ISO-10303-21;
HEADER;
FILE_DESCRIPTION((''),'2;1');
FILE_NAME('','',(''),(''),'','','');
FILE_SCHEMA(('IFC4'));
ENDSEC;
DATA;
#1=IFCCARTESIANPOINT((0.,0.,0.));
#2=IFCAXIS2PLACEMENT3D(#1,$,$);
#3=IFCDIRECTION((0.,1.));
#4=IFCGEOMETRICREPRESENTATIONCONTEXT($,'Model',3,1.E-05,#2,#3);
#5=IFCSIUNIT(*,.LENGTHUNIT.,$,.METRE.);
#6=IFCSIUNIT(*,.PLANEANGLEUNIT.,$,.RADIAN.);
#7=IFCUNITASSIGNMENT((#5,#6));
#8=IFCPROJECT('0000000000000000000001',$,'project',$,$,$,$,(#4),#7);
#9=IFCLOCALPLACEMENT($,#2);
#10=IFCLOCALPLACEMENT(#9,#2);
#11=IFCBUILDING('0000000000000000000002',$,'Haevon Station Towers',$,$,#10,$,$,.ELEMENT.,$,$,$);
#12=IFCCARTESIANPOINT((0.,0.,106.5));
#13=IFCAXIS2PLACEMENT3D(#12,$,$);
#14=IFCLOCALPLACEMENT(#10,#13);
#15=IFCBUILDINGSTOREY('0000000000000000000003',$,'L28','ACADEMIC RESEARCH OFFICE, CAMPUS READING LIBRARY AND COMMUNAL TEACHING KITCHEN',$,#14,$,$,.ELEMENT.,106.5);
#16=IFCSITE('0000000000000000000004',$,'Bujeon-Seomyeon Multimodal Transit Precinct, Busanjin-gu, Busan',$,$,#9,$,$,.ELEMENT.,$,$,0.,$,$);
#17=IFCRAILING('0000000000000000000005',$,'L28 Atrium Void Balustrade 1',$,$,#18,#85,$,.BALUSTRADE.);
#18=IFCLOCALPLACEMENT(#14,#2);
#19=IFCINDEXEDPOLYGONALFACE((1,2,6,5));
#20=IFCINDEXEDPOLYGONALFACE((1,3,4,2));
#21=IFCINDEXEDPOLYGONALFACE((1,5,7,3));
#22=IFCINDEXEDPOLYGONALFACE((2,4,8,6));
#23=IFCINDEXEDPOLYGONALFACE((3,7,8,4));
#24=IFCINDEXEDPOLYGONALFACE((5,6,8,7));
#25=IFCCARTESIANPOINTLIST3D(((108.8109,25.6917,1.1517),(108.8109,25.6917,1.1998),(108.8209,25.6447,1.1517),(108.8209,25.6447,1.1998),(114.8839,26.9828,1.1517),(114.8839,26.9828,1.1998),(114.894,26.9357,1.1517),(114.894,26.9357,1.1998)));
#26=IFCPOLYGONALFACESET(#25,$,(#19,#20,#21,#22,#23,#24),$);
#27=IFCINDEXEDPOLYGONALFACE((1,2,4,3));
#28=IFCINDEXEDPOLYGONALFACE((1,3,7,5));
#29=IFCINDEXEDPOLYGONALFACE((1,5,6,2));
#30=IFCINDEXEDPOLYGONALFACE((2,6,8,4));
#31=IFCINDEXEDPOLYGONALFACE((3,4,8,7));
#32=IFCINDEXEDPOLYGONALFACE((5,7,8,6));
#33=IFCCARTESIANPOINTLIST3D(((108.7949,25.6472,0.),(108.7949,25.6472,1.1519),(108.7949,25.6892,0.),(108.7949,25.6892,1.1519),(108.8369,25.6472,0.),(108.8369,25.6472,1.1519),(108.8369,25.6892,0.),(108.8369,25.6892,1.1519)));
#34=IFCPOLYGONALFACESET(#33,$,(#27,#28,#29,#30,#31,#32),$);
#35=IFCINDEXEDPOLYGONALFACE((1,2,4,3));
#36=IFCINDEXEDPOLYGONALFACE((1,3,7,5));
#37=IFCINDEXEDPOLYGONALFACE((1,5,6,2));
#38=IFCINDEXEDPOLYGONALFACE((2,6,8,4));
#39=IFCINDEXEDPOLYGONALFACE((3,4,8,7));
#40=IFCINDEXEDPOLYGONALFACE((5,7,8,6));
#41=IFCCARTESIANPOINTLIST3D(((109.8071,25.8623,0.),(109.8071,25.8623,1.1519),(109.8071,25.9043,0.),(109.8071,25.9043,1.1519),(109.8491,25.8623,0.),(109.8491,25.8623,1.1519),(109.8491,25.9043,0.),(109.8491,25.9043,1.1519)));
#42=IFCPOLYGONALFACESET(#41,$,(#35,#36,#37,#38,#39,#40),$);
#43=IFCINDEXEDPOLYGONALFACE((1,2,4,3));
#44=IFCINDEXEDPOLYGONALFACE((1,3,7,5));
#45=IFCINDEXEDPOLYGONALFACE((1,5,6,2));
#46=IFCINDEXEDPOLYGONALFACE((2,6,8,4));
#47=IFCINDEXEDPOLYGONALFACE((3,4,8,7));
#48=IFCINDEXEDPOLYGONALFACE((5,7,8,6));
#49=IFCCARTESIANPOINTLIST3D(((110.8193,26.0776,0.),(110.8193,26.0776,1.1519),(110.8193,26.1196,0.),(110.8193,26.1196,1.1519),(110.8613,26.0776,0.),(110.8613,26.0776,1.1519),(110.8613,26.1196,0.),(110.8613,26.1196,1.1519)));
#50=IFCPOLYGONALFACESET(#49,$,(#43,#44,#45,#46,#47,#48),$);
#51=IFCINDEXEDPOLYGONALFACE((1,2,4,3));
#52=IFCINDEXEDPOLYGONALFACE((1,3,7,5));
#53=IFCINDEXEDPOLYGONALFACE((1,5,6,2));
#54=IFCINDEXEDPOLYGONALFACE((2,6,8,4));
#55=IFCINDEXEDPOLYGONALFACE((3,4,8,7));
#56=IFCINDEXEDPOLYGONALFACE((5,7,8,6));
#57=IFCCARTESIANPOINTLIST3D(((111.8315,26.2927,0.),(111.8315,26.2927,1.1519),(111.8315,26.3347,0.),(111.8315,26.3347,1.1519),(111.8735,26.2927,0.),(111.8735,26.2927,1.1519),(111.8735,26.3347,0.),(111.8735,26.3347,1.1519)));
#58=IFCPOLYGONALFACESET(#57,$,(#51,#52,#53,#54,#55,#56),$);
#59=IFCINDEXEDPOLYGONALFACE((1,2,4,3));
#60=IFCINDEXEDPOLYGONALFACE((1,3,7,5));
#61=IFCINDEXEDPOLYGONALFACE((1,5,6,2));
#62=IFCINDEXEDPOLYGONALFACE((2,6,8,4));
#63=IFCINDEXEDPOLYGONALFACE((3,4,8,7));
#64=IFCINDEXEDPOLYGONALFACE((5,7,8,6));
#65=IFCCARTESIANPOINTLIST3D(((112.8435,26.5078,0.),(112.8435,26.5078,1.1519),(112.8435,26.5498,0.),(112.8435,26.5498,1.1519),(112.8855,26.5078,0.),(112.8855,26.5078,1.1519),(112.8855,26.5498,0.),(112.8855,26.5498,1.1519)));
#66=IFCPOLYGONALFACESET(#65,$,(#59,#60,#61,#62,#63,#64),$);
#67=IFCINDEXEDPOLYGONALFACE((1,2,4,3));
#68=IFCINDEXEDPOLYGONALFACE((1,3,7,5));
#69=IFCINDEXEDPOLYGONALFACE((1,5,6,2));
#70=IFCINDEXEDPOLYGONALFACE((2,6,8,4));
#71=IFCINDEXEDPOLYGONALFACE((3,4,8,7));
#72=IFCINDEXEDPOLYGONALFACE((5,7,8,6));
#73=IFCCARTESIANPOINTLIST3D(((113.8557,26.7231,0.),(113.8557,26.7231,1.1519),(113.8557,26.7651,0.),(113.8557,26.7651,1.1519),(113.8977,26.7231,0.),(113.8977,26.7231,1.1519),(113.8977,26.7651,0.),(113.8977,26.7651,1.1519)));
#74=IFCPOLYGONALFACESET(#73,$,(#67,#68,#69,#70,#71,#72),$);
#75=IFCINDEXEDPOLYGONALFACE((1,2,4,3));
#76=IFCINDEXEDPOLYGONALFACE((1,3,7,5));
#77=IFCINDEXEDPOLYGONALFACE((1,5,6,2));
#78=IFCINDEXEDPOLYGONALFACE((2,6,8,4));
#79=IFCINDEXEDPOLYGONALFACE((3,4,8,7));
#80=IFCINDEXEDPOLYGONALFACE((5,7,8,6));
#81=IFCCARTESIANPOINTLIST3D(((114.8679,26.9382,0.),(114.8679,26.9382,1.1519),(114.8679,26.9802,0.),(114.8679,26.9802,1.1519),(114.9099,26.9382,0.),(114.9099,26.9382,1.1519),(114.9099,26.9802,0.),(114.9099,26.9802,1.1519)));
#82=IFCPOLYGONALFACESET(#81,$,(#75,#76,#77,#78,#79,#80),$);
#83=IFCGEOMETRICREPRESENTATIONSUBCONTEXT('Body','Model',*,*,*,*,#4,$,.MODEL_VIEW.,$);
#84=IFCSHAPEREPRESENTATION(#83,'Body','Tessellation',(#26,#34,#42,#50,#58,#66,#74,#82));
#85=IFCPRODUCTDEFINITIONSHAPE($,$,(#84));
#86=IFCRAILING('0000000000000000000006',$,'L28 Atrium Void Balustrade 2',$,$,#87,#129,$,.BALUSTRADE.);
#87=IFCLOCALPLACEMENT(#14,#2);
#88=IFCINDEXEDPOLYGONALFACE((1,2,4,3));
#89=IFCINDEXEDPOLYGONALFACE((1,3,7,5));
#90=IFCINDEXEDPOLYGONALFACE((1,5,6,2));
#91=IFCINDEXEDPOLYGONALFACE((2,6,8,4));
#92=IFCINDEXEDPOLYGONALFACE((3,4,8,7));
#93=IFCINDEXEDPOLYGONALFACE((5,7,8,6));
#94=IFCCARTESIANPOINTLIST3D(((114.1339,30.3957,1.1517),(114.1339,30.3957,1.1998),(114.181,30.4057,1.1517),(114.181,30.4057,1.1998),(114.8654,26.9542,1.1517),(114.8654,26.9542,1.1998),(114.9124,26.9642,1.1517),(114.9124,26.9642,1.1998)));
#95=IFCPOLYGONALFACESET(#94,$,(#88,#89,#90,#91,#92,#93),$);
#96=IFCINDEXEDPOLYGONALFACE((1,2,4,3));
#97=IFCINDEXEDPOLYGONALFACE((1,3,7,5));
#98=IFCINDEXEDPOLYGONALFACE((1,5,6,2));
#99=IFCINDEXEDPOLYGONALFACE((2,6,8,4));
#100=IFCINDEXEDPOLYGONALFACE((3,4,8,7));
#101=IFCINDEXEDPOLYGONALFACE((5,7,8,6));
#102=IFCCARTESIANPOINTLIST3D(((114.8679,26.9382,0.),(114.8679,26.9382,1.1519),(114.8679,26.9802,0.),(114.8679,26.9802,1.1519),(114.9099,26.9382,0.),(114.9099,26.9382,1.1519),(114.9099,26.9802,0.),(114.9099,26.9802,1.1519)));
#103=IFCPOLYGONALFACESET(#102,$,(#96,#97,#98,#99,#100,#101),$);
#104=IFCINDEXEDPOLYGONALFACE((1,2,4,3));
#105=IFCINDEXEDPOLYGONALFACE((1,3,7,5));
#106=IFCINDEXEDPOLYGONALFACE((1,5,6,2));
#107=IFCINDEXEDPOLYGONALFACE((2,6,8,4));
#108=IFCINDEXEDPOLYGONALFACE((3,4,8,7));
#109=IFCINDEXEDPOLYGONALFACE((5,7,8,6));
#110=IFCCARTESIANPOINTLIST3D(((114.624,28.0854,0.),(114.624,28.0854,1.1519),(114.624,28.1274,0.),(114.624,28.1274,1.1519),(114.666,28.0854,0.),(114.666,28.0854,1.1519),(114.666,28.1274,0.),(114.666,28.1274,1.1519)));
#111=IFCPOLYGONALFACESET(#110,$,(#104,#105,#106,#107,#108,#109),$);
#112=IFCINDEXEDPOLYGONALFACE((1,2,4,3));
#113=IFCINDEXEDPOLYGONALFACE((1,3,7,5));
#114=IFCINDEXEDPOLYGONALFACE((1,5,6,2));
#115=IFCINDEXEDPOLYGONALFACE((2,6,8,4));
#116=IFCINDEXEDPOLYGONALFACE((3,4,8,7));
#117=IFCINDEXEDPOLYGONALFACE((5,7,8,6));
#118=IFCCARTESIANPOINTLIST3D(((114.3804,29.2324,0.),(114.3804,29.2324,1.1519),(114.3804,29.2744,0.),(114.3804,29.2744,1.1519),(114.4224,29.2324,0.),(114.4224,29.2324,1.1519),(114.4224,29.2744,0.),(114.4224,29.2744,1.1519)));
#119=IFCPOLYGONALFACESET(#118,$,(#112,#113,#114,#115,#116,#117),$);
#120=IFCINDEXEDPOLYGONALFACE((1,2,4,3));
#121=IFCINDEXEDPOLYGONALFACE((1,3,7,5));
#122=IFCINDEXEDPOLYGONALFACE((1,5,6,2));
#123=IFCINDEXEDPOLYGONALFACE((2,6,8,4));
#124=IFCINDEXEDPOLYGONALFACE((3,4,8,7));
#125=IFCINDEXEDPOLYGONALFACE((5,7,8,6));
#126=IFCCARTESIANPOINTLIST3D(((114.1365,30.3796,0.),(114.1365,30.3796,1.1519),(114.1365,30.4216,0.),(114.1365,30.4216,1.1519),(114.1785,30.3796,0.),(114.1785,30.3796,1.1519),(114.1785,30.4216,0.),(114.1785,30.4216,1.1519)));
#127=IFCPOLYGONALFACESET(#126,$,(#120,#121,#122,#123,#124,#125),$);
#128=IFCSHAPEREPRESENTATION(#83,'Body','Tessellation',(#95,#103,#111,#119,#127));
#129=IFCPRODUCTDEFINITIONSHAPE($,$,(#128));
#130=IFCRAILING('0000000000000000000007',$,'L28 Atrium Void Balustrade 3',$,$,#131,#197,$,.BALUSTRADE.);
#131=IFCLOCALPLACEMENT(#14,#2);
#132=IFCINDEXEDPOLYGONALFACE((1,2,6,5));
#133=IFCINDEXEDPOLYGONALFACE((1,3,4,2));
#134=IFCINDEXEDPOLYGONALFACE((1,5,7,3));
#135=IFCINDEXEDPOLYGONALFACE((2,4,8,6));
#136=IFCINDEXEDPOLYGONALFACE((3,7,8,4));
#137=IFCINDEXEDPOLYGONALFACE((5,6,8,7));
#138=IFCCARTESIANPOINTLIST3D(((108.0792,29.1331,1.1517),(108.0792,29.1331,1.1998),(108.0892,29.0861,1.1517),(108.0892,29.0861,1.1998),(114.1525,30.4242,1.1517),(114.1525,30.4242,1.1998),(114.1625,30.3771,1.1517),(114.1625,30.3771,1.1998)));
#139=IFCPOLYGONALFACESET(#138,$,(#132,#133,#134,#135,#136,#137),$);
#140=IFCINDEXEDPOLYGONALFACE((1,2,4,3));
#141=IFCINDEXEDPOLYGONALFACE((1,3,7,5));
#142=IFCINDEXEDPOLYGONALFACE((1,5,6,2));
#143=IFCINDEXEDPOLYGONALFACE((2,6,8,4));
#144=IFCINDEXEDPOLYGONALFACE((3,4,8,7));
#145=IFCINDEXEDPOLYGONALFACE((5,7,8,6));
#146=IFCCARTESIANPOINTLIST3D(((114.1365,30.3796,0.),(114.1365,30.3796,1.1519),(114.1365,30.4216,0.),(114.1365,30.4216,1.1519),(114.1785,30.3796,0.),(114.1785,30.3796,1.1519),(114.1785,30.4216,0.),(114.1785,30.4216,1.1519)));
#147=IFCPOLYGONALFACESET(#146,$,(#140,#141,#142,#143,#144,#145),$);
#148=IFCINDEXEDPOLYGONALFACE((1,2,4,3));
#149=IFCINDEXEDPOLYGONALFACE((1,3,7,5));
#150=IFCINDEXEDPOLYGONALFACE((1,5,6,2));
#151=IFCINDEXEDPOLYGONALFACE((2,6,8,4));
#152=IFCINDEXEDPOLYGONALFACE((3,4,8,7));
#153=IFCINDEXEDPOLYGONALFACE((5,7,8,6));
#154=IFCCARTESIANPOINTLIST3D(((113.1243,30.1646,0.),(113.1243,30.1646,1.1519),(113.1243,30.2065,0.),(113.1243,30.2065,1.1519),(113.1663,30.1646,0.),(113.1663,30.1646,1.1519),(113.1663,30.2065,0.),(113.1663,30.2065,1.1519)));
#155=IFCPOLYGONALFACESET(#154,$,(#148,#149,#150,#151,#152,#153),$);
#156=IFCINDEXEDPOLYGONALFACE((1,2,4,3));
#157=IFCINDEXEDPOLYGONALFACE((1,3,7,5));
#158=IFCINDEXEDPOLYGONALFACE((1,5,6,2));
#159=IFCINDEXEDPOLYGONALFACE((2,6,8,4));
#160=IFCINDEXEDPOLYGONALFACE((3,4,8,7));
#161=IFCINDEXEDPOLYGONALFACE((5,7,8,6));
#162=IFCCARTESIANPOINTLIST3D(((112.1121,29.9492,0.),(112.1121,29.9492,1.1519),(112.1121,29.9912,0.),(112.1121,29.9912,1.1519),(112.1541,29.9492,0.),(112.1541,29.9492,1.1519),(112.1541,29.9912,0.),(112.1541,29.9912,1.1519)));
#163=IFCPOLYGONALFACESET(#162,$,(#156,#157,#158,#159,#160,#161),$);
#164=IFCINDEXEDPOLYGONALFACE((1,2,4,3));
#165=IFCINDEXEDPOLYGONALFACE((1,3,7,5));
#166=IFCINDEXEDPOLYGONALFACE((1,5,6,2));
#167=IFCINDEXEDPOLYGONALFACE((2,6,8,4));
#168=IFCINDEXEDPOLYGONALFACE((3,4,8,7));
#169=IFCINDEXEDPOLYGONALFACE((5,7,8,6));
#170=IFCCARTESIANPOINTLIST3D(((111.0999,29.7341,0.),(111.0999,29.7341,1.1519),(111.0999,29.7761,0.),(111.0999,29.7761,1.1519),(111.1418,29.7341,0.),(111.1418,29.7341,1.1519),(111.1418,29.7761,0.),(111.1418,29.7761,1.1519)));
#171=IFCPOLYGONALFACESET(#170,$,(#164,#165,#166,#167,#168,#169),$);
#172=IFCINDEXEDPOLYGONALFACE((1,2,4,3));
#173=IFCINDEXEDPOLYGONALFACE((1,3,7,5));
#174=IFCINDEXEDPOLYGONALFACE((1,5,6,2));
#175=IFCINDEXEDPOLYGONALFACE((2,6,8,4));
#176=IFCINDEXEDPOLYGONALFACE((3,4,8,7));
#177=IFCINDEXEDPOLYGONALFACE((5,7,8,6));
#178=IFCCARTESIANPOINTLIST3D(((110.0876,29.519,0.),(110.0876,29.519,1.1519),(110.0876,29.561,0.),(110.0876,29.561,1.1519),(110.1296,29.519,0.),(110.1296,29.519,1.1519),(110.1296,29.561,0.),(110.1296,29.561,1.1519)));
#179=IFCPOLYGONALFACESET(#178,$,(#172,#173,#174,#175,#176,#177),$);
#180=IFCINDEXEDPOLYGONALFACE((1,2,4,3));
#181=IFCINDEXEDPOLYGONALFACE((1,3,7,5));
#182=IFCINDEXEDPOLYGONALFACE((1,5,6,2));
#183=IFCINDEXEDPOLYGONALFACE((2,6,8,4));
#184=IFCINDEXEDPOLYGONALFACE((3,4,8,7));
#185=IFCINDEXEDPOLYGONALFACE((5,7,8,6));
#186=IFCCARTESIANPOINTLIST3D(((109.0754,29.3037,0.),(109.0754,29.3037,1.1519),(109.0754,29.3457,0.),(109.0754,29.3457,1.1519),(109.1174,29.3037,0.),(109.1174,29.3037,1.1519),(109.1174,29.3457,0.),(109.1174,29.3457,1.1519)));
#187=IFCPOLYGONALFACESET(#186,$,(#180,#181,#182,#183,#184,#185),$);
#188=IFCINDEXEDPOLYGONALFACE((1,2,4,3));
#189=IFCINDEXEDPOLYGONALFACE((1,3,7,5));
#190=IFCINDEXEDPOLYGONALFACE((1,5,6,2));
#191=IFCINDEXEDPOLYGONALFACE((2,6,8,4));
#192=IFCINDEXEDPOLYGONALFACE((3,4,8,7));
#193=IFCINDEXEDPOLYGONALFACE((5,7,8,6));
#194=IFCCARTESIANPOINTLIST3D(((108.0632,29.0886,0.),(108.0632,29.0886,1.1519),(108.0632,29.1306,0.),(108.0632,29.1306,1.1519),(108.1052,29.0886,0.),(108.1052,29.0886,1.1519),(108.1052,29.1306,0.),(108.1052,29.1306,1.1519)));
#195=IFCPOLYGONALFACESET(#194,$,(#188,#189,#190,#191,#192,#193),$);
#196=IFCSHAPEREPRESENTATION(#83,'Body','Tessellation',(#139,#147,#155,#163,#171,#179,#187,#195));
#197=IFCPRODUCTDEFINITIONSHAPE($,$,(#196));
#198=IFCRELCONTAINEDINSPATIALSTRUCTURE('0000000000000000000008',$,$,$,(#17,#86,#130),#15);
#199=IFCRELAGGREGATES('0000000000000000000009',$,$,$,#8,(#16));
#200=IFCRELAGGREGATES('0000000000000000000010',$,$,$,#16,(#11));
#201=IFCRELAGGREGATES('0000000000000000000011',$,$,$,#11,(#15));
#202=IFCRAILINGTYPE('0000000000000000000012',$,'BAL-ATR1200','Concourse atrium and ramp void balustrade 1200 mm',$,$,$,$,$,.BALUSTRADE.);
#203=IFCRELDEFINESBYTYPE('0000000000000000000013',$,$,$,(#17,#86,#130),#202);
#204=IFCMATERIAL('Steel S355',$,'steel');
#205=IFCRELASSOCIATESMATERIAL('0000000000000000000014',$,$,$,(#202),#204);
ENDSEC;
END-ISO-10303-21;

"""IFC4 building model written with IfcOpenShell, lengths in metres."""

from ifc_helpers import new_model, si_unit, direction, frame, origin, origin_2d, place, context, subcontext, project, spatial, rectangle, extrude, material, type_object, element, save


model = new_model("IFC4")

# Units and contexts
model_context = context("Model", 3, precision=1e-05, world=origin(), true_north=direction((0.0, 1.0)))
body_context = subcontext(model_context, "Body", "Model", "MODEL_VIEW")
ifc_project = project(units=[si_unit("LENGTHUNIT", "METRE"), si_unit("PLANEANGLEUNIT", "RADIAN")], contexts=[model_context])

# Site, building, storey
site_placement = place(None, origin())
site = spatial("IfcSite", under=ifc_project, at=site_placement, Name="Bujeon-Seomyeon Multimodal Transit Precinct, Busanjin-gu, Busan", CompositionType="ELEMENT", RefElevation=0.0)
building_placement = place(site_placement, origin())
building = spatial("IfcBuilding", under=site, at=building_placement, Name="Haevon Station Towers", CompositionType="ELEMENT")
storey_placement = place(building_placement, frame((0.0, 0.0, 106.5)))
storey = spatial("IfcBuildingStorey", under=building, at=storey_placement, Name="L28", Description="ACADEMIC RESEARCH OFFICE, CAMPUS READING LIBRARY AND COMMUNAL TEACHING KITCHEN", CompositionType="ELEMENT", Elevation=106.5)

# Shared definitions
ifc_material_1 = material(Name="Steel S355", Category="steel")

# Railings
railing_type_1 = type_object("IfcRailingType", Name="BAL-ATR1200", Description="Concourse atrium and ramp void balustrade 1200 mm", PredefinedType="BALUSTRADE", material=ifc_material_1)
railing_1_placement = place(storey_placement, frame((108.8159, 25.6682, 0.0)))
element("IfcRailing", 1, at=railing_1_placement, inside=storey, type_object=railing_type_1, Name="L28 Atrium Void Balustrade 1", PredefinedType="BALUSTRADE", context=body_context, shape_type="SweptSolid", body=[
    extrude(rectangle(XDim=0.0481, YDim=0.0481, at=origin_2d()), frame((0.0, 0.0, 1.1758), z_axis=(0.978142, 0.207936, 0.0), x_axis=(-0.207936, 0.978142, 0.0)), (0.0, 0.0, 1.0), 6.2087),
    extrude(rectangle(XDim=0.042, YDim=0.042, at=origin_2d()), origin(), (0.0, 0.0, 1.0), 1.1519),
    extrude(rectangle(XDim=0.042, YDim=0.042, at=origin_2d()), frame((1.0122, 0.2151, 0.0)), (0.0, 0.0, 1.0), 1.1519),
    extrude(rectangle(XDim=0.042, YDim=0.042, at=origin_2d()), frame((2.0244, 0.4304, 0.0)), (0.0, 0.0, 1.0), 1.1519),
    extrude(rectangle(XDim=0.042, YDim=0.042, at=origin_2d()), frame((3.0366, 0.6455, 0.0)), (0.0, 0.0, 1.0), 1.1519),
    extrude(rectangle(XDim=0.042, YDim=0.042, at=origin_2d()), frame((4.0486, 0.8606, 0.0)), (0.0, 0.0, 1.0), 1.1519),
    extrude(rectangle(XDim=0.042, YDim=0.042, at=origin_2d()), frame((5.0608, 1.0759, 0.0)), (0.0, 0.0, 1.0), 1.1519),
    extrude(rectangle(XDim=0.042, YDim=0.042, at=origin_2d()), frame((6.073, 1.291, 0.0)), (0.0, 0.0, 1.0), 1.1519),
])
railing_2_placement = place(storey_placement, frame((114.8889, 26.9592, 0.0)))
element("IfcRailing", 2, at=railing_2_placement, inside=storey, type_object=railing_type_1, Name="L28 Atrium Void Balustrade 2", PredefinedType="BALUSTRADE", context=body_context, shape_type="SweptSolid", body=[
    extrude(rectangle(XDim=0.0481, YDim=0.0481, at=origin_2d()), frame((0.0, 0.0, 1.1758), z_axis=(-0.207899, 0.97815, 0.0), x_axis=(-0.97815, -0.207899, 0.0)), (0.0, 0.0, 1.0), 3.5183),
    extrude(rectangle(XDim=0.042, YDim=0.042, at=origin_2d()), origin(), (0.0, 0.0, 1.0), 1.1519),
    extrude(rectangle(XDim=0.042, YDim=0.042, at=origin_2d()), frame((-0.2439, 1.1472, 0.0)), (0.0, 0.0, 1.0), 1.1519),
    extrude(rectangle(XDim=0.042, YDim=0.042, at=origin_2d()), frame((-0.4875, 2.2942, 0.0)), (0.0, 0.0, 1.0), 1.1519),
    extrude(rectangle(XDim=0.042, YDim=0.042, at=origin_2d()), frame((-0.7314, 3.4414, 0.0)), (0.0, 0.0, 1.0), 1.1519),
])
railing_3_placement = place(storey_placement, frame((114.1575, 30.4006, 0.0)))
element("IfcRailing", 3, at=railing_3_placement, inside=storey, type_object=railing_type_1, Name="L28 Atrium Void Balustrade 3", PredefinedType="BALUSTRADE", context=body_context, shape_type="SweptSolid", body=[
    extrude(rectangle(XDim=0.0481, YDim=0.0481, at=origin_2d()), frame((0.0, 0.0, 1.1758), z_axis=(-0.978144, -0.207928, 0.0), x_axis=(0.207928, -0.978144, 0.0)), (0.0, 0.0, 1.0), 6.209),
    extrude(rectangle(XDim=0.042, YDim=0.042, at=origin_2d()), origin(), (0.0, 0.0, 1.0), 1.1519),
    extrude(rectangle(XDim=0.042, YDim=0.042, at=origin_2d()), frame((-1.0122, -0.2151, 0.0)), (0.0, 0.0, 1.0), 1.1519),
    extrude(rectangle(XDim=0.042, YDim=0.042, at=origin_2d()), frame((-2.0244, -0.4304, 0.0)), (0.0, 0.0, 1.0), 1.1519),
    extrude(rectangle(XDim=0.042, YDim=0.042, at=origin_2d()), frame((-3.0366, -0.6455, 0.0)), (0.0, 0.0, 1.0), 1.1519),
    extrude(rectangle(XDim=0.042, YDim=0.042, at=origin_2d()), frame((-4.0488, -0.8606, 0.0)), (0.0, 0.0, 1.0), 1.1519),
    extrude(rectangle(XDim=0.042, YDim=0.042, at=origin_2d()), frame((-5.061, -1.0759, 0.0)), (0.0, 0.0, 1.0), 1.1519),
    extrude(rectangle(XDim=0.042, YDim=0.042, at=origin_2d()), frame((-6.0732, -1.291, 0.0)), (0.0, 0.0, 1.0), 1.1519),
])

save(model, "model.ifc")
